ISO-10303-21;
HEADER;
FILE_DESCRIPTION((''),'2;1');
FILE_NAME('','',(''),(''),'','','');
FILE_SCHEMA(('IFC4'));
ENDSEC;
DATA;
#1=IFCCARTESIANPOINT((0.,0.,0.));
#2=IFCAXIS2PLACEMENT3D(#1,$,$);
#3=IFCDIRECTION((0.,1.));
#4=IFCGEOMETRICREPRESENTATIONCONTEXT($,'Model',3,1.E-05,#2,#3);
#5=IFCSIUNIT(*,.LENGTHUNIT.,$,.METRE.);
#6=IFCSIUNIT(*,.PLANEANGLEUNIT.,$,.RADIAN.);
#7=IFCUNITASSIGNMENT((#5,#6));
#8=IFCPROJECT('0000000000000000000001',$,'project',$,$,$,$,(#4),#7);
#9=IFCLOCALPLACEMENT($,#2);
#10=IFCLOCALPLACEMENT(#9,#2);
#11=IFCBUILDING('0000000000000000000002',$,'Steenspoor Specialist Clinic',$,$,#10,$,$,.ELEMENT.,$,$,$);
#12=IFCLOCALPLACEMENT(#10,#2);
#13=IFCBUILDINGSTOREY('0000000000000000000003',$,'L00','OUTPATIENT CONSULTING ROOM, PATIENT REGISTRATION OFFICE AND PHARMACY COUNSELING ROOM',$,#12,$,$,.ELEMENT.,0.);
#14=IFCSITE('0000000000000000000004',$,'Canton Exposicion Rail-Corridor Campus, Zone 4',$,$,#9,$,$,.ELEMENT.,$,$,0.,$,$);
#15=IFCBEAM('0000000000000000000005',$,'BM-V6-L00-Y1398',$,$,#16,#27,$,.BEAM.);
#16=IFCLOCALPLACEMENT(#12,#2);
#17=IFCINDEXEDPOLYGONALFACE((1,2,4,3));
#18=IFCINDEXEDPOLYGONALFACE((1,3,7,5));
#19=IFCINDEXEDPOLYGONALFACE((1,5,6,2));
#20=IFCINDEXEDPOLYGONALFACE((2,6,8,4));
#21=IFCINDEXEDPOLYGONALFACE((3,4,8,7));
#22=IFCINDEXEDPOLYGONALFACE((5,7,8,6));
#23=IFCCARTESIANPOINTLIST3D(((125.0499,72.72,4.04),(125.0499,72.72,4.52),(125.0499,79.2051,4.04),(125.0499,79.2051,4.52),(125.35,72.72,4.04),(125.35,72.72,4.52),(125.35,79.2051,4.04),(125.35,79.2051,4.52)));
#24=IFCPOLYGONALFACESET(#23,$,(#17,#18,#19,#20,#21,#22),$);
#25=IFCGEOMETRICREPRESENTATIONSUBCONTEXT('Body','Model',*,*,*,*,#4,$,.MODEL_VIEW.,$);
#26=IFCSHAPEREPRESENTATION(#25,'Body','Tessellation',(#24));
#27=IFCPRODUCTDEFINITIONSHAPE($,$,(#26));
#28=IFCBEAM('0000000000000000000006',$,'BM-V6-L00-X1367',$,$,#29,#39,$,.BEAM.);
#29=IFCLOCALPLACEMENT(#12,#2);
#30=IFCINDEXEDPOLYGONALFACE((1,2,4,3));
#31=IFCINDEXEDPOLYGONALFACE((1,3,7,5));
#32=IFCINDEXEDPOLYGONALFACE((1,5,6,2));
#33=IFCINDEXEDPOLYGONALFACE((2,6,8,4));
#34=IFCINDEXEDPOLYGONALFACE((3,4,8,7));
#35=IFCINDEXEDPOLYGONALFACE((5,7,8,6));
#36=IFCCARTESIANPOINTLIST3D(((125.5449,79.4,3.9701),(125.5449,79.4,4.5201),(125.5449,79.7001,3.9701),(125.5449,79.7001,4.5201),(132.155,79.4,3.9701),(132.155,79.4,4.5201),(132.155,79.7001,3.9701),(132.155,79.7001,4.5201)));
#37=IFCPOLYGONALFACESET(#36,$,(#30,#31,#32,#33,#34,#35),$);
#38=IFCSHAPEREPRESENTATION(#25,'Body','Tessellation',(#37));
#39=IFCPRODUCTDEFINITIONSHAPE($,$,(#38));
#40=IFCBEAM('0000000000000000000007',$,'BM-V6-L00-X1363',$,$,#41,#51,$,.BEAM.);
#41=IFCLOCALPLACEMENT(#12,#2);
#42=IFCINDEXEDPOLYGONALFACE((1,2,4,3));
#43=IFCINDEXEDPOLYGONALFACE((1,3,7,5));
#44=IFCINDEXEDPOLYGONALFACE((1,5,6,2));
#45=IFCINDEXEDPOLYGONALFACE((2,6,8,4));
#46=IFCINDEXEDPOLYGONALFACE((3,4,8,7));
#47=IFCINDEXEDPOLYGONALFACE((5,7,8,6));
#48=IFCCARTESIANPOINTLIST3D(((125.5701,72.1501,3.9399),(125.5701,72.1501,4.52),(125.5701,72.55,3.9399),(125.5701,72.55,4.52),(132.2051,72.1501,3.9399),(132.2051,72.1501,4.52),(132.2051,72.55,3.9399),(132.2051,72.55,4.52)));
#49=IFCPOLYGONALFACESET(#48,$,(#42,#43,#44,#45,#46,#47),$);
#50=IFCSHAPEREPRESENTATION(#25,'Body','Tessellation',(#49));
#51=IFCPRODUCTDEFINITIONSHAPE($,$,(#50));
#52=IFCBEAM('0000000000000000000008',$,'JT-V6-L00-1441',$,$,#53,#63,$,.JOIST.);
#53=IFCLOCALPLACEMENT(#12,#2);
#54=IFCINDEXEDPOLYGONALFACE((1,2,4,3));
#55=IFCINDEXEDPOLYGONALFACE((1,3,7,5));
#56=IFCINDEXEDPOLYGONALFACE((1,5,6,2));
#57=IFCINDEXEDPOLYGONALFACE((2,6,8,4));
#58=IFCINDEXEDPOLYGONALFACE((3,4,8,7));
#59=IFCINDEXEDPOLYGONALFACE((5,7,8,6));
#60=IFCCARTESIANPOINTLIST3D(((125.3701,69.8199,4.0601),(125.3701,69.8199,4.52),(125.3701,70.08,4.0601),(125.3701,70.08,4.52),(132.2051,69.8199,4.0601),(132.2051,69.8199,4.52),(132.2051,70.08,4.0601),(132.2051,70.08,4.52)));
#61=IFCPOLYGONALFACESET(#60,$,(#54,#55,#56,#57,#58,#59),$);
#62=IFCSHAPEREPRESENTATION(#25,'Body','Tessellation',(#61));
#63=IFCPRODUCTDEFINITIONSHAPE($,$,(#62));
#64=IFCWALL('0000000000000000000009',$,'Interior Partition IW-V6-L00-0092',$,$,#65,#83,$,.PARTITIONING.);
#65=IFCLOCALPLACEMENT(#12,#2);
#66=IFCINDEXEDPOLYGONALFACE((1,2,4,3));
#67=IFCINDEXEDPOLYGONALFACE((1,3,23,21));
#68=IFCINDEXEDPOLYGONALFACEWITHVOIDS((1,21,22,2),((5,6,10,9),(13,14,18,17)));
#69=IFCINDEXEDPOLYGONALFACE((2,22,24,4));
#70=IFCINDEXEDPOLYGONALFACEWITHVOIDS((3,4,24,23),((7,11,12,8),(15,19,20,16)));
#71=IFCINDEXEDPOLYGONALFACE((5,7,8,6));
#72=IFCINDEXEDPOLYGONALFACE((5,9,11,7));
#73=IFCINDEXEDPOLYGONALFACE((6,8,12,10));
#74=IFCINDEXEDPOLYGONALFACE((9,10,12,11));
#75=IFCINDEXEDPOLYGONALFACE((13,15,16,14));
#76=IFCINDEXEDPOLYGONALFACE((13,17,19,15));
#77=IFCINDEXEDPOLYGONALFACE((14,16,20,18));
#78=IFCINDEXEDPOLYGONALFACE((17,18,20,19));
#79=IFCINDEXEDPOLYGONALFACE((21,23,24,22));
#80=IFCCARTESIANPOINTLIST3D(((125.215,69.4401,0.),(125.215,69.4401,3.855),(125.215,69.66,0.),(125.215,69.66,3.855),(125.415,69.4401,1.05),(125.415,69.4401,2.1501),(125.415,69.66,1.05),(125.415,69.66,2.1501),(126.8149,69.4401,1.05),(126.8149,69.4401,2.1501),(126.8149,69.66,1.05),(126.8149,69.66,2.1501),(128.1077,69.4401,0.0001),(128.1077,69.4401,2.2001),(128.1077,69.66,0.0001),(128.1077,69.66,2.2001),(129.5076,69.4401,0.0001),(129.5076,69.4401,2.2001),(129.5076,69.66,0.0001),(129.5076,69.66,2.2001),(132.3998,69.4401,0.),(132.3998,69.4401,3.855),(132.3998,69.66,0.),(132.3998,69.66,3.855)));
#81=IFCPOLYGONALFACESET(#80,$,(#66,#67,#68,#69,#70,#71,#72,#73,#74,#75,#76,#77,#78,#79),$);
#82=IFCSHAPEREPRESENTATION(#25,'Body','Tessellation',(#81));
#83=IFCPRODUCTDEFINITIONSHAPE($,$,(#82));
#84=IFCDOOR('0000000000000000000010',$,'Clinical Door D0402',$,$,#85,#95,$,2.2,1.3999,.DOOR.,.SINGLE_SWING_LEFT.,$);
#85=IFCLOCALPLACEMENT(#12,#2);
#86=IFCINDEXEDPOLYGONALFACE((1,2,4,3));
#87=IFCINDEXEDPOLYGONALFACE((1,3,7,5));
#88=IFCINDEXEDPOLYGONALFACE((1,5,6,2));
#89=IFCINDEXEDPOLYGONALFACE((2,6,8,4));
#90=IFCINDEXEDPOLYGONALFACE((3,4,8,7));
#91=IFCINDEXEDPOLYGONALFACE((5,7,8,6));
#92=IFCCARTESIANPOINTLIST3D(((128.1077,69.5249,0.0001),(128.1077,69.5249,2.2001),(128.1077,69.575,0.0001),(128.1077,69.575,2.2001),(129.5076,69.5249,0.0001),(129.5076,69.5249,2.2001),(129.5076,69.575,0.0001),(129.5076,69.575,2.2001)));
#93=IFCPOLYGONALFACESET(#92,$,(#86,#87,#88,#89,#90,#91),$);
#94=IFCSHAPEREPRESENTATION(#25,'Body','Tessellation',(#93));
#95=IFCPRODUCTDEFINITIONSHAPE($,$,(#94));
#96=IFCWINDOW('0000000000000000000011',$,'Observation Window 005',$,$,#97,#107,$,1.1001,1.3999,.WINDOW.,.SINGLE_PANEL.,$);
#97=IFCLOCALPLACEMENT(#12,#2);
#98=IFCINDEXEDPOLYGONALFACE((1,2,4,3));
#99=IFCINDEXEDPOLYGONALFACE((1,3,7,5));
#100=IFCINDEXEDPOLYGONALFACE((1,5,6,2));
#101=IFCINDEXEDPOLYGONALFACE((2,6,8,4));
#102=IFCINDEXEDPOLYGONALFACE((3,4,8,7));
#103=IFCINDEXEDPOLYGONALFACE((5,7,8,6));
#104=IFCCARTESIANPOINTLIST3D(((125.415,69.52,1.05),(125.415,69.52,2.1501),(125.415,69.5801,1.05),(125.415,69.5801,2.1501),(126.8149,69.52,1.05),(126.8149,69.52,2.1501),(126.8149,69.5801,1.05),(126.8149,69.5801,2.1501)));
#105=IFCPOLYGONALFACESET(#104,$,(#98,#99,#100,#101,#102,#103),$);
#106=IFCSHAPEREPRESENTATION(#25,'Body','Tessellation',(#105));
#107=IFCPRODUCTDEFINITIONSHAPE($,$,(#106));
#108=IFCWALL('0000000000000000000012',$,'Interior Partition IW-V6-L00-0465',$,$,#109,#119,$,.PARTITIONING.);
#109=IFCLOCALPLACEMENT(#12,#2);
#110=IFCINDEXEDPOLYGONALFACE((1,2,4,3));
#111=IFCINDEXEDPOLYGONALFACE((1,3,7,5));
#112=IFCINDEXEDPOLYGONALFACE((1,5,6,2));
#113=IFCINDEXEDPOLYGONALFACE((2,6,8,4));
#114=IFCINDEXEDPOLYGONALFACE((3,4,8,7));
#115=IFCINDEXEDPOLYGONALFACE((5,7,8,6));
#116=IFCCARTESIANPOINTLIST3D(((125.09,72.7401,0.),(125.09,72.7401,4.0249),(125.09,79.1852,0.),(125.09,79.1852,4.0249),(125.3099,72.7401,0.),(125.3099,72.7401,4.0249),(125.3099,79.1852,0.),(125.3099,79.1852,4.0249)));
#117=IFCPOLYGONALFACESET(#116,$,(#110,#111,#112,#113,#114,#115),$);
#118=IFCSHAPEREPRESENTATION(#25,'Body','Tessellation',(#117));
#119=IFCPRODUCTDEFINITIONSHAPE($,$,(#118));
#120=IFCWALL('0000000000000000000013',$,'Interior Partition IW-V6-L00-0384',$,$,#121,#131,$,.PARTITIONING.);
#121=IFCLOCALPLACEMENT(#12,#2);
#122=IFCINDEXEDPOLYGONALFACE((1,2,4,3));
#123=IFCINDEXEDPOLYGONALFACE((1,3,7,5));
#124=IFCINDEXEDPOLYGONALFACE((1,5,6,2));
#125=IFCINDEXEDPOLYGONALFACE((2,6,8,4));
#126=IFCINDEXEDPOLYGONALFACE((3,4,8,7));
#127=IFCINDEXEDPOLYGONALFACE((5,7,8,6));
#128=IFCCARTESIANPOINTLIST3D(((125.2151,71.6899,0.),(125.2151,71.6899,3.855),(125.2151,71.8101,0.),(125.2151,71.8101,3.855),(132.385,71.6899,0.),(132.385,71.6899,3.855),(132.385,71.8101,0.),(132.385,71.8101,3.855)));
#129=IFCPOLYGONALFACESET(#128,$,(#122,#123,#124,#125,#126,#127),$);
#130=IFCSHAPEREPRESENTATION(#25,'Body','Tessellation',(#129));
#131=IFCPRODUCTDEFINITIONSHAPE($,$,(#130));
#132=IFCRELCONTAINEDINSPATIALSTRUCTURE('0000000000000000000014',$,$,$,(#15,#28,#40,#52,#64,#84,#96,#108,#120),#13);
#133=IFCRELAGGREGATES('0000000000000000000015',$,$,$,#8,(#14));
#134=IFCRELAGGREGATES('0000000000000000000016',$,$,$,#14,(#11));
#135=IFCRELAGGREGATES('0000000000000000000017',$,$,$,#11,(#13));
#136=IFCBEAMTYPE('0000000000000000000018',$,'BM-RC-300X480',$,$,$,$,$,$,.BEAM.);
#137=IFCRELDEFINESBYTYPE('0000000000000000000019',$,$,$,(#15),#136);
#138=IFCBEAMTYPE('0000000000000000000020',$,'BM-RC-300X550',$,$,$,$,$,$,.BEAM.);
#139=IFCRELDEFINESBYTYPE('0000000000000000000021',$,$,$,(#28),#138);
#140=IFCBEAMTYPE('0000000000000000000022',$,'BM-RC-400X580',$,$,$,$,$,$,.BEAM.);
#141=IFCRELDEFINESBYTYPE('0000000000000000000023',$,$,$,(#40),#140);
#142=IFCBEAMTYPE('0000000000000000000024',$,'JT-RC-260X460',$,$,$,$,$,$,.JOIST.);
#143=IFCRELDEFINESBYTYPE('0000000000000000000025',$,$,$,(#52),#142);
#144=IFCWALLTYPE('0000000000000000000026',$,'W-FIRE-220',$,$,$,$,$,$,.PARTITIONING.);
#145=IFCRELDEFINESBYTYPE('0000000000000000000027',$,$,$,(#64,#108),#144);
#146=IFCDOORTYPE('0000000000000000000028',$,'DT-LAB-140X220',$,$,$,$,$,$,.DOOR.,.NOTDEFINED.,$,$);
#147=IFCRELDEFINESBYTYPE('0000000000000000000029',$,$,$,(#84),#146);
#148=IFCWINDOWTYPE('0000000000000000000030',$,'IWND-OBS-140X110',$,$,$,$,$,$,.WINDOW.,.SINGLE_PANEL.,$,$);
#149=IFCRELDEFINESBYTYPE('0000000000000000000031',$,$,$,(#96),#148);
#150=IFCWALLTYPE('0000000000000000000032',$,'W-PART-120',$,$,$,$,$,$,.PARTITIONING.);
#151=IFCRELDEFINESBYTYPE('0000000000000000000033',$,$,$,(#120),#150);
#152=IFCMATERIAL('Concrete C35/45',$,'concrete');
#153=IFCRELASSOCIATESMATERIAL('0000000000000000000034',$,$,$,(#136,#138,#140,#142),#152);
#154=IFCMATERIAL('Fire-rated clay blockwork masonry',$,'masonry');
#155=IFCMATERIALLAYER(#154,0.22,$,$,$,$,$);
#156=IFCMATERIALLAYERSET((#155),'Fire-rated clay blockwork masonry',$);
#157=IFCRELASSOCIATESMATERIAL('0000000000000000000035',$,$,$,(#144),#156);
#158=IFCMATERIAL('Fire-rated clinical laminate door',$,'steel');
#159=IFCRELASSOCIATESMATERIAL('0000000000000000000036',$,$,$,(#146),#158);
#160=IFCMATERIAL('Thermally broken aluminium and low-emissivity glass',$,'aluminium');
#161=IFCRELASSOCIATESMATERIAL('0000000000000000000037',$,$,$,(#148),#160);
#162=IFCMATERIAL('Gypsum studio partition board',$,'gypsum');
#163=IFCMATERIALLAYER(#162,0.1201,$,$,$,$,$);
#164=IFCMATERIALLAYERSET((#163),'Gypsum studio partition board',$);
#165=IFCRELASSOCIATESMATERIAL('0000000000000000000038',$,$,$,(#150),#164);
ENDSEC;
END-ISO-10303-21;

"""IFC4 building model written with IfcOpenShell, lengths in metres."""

from ifc_helpers import new_model, si_unit, direction, frame, frame_2d, origin, origin_2d, place, context, subcontext, project, spatial, rectangle, extrude, material, layer, layer_set, material_profile, profile_set, type_object, element, fill, save


model = new_model("IFC4")

# Units and contexts
model_context = context("Model", 3, precision=1e-05, world=origin(), true_north=direction((0.0, 1.0)))
body_context = subcontext(model_context, "Body", "Model", "MODEL_VIEW")
ifc_project = project(units=[si_unit("LENGTHUNIT", "METRE"), si_unit("PLANEANGLEUNIT", "RADIAN")], contexts=[model_context])

# Site, building, storey
site_placement = place(None, origin())
site = spatial("IfcSite", under=ifc_project, at=site_placement, Name="Canton Exposicion Rail-Corridor Campus, Zone 4", CompositionType="ELEMENT", RefElevation=0.0)
building_placement = place(site_placement, origin())
building = spatial("IfcBuilding", under=site, at=building_placement, Name="Steenspoor Specialist Clinic", CompositionType="ELEMENT")
storey_placement = place(building_placement, origin())
storey = spatial("IfcBuildingStorey", under=building, at=storey_placement, Name="L00", Description="OUTPATIENT CONSULTING ROOM, PATIENT REGISTRATION OFFICE AND PHARMACY COUNSELING ROOM", CompositionType="ELEMENT", Elevation=0.0)

# Shared definitions
ifc_material_1 = material(Name="Concrete C35/45", Category="concrete")

# Beams
ifc_material_profile_1 = material_profile(ifc_material_1, rectangle(XDim=0.3, YDim=0.48, at=origin_2d()), Name="RC-BM-300X480")
ifc_profile_set_1 = profile_set([ifc_material_profile_1], Name="Concrete C35/45")
beam_type_1 = type_object("IfcBeamType", Name="BM-RC-300X480", PredefinedType="BEAM", material=ifc_profile_set_1)
beam_1_placement = place(storey_placement, frame((125.2, 72.72, 4.28), z_axis=(0.0, 1.0, 0.0), x_axis=(-1.0, 0.0, 0.0)))
element("IfcBeam", 1, at=beam_1_placement, inside=storey, type_object=beam_type_1, Name="BM-V6-L00-Y1398", PredefinedType="BEAM", context=body_context, shape_type="SweptSolid", body=[
    extrude(rectangle(XDim=0.3, YDim=0.48, at=origin_2d()), origin(), (0.0, 0.0, 1.0), 6.4851),
])
ifc_material_profile_2 = material_profile(ifc_material_1, rectangle(XDim=0.3, YDim=0.55, at=origin_2d()), Name="RC-BM-300X550")
ifc_profile_set_2 = profile_set([ifc_material_profile_2], Name="Concrete C35/45")
beam_type_2 = type_object("IfcBeamType", Name="BM-RC-300X550", PredefinedType="BEAM", material=ifc_profile_set_2)
beam_2_placement = place(storey_placement, frame((125.5449, 79.55, 4.2451), z_axis=(1.0, 0.0, 0.0), x_axis=(0.0, 1.0, 0.0)))
element("IfcBeam", 2, at=beam_2_placement, inside=storey, type_object=beam_type_2, Name="BM-V6-L00-X1367", PredefinedType="BEAM", context=body_context, shape_type="SweptSolid", body=[
    extrude(rectangle(XDim=0.3, YDim=0.55, at=origin_2d()), origin(), (0.0, 0.0, 1.0), 6.6101),
])
ifc_material_profile_3 = material_profile(ifc_material_1, rectangle(XDim=0.3999, YDim=0.5801, at=origin_2d()), Name="RC-BM-400X580")
ifc_profile_set_3 = profile_set([ifc_material_profile_3], Name="Concrete C35/45")
beam_type_3 = type_object("IfcBeamType", Name="BM-RC-400X580", PredefinedType="BEAM", material=ifc_profile_set_3)
beam_3_placement = place(storey_placement, frame((125.5701, 72.3501, 4.23), z_axis=(1.0, 0.0, 0.0), x_axis=(0.0, 1.0, 0.0)))
element("IfcBeam", 3, at=beam_3_placement, inside=storey, type_object=beam_type_3, Name="BM-V6-L00-X1363", PredefinedType="BEAM", context=body_context, shape_type="SweptSolid", body=[
    extrude(rectangle(XDim=0.3999, YDim=0.5801, at=origin_2d()), origin(), (0.0, 0.0, 1.0), 6.635),
])
ifc_material_profile_4 = material_profile(ifc_material_1, rectangle(XDim=0.26, YDim=0.46, at=origin_2d()), Name="RC-JT-260X460")
ifc_profile_set_4 = profile_set([ifc_material_profile_4], Name="Concrete C35/45")
beam_type_4 = type_object("IfcBeamType", Name="JT-RC-260X460", PredefinedType="JOIST", material=ifc_profile_set_4)
beam_4_placement = place(storey_placement, frame((125.3701, 69.95, 4.29), z_axis=(1.0, 0.0, 0.0), x_axis=(0.0, 1.0, 0.0)))
element("IfcBeam", 4, at=beam_4_placement, inside=storey, type_object=beam_type_4, Name="JT-V6-L00-1441", PredefinedType="JOIST", context=body_context, shape_type="SweptSolid", body=[
    extrude(rectangle(XDim=0.26, YDim=0.46, at=origin_2d()), origin(), (0.0, 0.0, 1.0), 6.835),
])

# Wall, openings, door, window
ifc_material_2 = material(Name="Fire-rated clay blockwork masonry", Category="masonry")
ifc_layer_1 = layer(ifc_material_2, 0.22)
ifc_layer_set_1 = layer_set([ifc_layer_1], Name="Fire-rated clay blockwork masonry")
wall_type_1 = type_object("IfcWallType", Name="W-FIRE-220", PredefinedType="PARTITIONING", material=ifc_layer_set_1)
wall_1_placement = place(storey_placement, frame((125.2151, 69.55, 0.0), z_axis=(0.0, 0.0, 1.0), x_axis=(1.0, 0.0, 0.0)))
wall_1 = element("IfcWall", 5, at=wall_1_placement, inside=storey, type_object=wall_type_1, Name="Interior Partition IW-V6-L00-0092", PredefinedType="PARTITIONING", context=body_context, shape_type="SweptSolid", body=[
    extrude(rectangle(XDim=7.1848, YDim=0.22, at=frame_2d((3.5923, 0.0))), origin(), (0.0, 0.0, 1.0), 3.855),
])
opening_1_placement = place(wall_1_placement, frame((2.8926, 0.0, 0.0)))
opening_1 = element("IfcOpeningElement", 6, at=opening_1_placement, cuts=wall_1, PredefinedType="OPENING", context=body_context, shape_type="SweptSolid", body=[
    extrude(rectangle(XDim=1.3999, YDim=2.2, at=frame_2d((0.7, 1.1001))), frame((0.0, 0.1201, 0.0), z_axis=(0.0, -1.0, 0.0), x_axis=(1.0, 0.0, 0.0)), (0.0, 0.0, 1.0), 0.24),
])
opening_2_placement = place(wall_1_placement, frame((0.2, 0.0, 1.05)))
opening_2 = element("IfcOpeningElement", 7, at=opening_2_placement, cuts=wall_1, PredefinedType="OPENING", context=body_context, shape_type="SweptSolid", body=[
    extrude(rectangle(XDim=1.3999, YDim=1.1001, at=frame_2d((0.7, 0.55))), frame((0.0, 0.1201, 0.0), z_axis=(0.0, -1.0, 0.0), x_axis=(1.0, 0.0, 0.0)), (0.0, 0.0, 1.0), 0.24),
])
ifc_material_3 = material(Name="Fire-rated clinical laminate door", Category="steel")
door_type = type_object("IfcDoorType", Name="DT-LAB-140X220", OperationType="NOTDEFINED", PredefinedType="DOOR", material=ifc_material_3)
door_placement = place(opening_1_placement, origin())
door = element("IfcDoor", 8, at=door_placement, inside=storey, type_object=door_type, Name="Clinical Door D0402", OperationType="SINGLE_SWING_LEFT", OverallHeight=2.2, OverallWidth=1.3999, PredefinedType="DOOR", context=body_context, shape_type="SweptSolid", body=[
    extrude(rectangle(XDim=1.3999, YDim=2.2, at=frame_2d((0.7, 1.1001))), frame((0.0, 0.0249, 0.0), z_axis=(0.0, -1.0, 0.0), x_axis=(1.0, 0.0, 0.0)), (0.0, 0.0, 1.0), 0.05),
])
fill(opening_1, door)
ifc_material_4 = material(Name="Thermally broken aluminium and low-emissivity glass", Category="aluminium")
window_type = type_object("IfcWindowType", Name="IWND-OBS-140X110", PartitioningType="SINGLE_PANEL", PredefinedType="WINDOW", material=ifc_material_4)
window_placement = place(opening_2_placement, origin())
window = element("IfcWindow", 9, at=window_placement, inside=storey, type_object=window_type, Name="Observation Window 005", OverallHeight=1.1001, OverallWidth=1.3999, PartitioningType="SINGLE_PANEL", PredefinedType="WINDOW", context=body_context, shape_type="SweptSolid", body=[
    extrude(rectangle(XDim=1.3999, YDim=1.1001, at=frame_2d((0.7, 0.55))), frame((0.0, 0.03, 0.0), z_axis=(0.0, -1.0, 0.0), x_axis=(1.0, 0.0, 0.0)), (0.0, 0.0, 1.0), 0.0601),
])
fill(opening_2, window)

# Walls
wall_2_placement = place(storey_placement, frame((125.2, 72.74, 0.0), z_axis=(0.0, 0.0, 1.0), x_axis=(0.0, 1.0, 0.0)))
element("IfcWall", 10, at=wall_2_placement, inside=storey, type_object=wall_type_1, Name="Interior Partition IW-V6-L00-0465", PredefinedType="PARTITIONING", context=body_context, shape_type="SweptSolid", body=[
    extrude(rectangle(XDim=6.4451, YDim=0.22, at=frame_2d((3.2227, 0.0))), origin(), (0.0, 0.0, 1.0), 4.0249),
])
ifc_material_5 = material(Name="Gypsum studio partition board", Category="gypsum")
ifc_layer_2 = layer(ifc_material_5, 0.1201)
ifc_layer_set_2 = layer_set([ifc_layer_2], Name="Gypsum studio partition board")
wall_type_2 = type_object("IfcWallType", Name="W-PART-120", PredefinedType="PARTITIONING", material=ifc_layer_set_2)
wall_3_placement = place(storey_placement, frame((125.2151, 71.75, 0.0), z_axis=(0.0, 0.0, 1.0), x_axis=(1.0, 0.0, 0.0)))
element("IfcWall", 11, at=wall_3_placement, inside=storey, type_object=wall_type_2, Name="Interior Partition IW-V6-L00-0384", PredefinedType="PARTITIONING", context=body_context, shape_type="SweptSolid", body=[
    extrude(rectangle(XDim=7.1699, YDim=0.1201, at=frame_2d((3.585, 0.0))), origin(), (0.0, 0.0, 1.0), 3.855),
])

save(model, "model.ifc")
